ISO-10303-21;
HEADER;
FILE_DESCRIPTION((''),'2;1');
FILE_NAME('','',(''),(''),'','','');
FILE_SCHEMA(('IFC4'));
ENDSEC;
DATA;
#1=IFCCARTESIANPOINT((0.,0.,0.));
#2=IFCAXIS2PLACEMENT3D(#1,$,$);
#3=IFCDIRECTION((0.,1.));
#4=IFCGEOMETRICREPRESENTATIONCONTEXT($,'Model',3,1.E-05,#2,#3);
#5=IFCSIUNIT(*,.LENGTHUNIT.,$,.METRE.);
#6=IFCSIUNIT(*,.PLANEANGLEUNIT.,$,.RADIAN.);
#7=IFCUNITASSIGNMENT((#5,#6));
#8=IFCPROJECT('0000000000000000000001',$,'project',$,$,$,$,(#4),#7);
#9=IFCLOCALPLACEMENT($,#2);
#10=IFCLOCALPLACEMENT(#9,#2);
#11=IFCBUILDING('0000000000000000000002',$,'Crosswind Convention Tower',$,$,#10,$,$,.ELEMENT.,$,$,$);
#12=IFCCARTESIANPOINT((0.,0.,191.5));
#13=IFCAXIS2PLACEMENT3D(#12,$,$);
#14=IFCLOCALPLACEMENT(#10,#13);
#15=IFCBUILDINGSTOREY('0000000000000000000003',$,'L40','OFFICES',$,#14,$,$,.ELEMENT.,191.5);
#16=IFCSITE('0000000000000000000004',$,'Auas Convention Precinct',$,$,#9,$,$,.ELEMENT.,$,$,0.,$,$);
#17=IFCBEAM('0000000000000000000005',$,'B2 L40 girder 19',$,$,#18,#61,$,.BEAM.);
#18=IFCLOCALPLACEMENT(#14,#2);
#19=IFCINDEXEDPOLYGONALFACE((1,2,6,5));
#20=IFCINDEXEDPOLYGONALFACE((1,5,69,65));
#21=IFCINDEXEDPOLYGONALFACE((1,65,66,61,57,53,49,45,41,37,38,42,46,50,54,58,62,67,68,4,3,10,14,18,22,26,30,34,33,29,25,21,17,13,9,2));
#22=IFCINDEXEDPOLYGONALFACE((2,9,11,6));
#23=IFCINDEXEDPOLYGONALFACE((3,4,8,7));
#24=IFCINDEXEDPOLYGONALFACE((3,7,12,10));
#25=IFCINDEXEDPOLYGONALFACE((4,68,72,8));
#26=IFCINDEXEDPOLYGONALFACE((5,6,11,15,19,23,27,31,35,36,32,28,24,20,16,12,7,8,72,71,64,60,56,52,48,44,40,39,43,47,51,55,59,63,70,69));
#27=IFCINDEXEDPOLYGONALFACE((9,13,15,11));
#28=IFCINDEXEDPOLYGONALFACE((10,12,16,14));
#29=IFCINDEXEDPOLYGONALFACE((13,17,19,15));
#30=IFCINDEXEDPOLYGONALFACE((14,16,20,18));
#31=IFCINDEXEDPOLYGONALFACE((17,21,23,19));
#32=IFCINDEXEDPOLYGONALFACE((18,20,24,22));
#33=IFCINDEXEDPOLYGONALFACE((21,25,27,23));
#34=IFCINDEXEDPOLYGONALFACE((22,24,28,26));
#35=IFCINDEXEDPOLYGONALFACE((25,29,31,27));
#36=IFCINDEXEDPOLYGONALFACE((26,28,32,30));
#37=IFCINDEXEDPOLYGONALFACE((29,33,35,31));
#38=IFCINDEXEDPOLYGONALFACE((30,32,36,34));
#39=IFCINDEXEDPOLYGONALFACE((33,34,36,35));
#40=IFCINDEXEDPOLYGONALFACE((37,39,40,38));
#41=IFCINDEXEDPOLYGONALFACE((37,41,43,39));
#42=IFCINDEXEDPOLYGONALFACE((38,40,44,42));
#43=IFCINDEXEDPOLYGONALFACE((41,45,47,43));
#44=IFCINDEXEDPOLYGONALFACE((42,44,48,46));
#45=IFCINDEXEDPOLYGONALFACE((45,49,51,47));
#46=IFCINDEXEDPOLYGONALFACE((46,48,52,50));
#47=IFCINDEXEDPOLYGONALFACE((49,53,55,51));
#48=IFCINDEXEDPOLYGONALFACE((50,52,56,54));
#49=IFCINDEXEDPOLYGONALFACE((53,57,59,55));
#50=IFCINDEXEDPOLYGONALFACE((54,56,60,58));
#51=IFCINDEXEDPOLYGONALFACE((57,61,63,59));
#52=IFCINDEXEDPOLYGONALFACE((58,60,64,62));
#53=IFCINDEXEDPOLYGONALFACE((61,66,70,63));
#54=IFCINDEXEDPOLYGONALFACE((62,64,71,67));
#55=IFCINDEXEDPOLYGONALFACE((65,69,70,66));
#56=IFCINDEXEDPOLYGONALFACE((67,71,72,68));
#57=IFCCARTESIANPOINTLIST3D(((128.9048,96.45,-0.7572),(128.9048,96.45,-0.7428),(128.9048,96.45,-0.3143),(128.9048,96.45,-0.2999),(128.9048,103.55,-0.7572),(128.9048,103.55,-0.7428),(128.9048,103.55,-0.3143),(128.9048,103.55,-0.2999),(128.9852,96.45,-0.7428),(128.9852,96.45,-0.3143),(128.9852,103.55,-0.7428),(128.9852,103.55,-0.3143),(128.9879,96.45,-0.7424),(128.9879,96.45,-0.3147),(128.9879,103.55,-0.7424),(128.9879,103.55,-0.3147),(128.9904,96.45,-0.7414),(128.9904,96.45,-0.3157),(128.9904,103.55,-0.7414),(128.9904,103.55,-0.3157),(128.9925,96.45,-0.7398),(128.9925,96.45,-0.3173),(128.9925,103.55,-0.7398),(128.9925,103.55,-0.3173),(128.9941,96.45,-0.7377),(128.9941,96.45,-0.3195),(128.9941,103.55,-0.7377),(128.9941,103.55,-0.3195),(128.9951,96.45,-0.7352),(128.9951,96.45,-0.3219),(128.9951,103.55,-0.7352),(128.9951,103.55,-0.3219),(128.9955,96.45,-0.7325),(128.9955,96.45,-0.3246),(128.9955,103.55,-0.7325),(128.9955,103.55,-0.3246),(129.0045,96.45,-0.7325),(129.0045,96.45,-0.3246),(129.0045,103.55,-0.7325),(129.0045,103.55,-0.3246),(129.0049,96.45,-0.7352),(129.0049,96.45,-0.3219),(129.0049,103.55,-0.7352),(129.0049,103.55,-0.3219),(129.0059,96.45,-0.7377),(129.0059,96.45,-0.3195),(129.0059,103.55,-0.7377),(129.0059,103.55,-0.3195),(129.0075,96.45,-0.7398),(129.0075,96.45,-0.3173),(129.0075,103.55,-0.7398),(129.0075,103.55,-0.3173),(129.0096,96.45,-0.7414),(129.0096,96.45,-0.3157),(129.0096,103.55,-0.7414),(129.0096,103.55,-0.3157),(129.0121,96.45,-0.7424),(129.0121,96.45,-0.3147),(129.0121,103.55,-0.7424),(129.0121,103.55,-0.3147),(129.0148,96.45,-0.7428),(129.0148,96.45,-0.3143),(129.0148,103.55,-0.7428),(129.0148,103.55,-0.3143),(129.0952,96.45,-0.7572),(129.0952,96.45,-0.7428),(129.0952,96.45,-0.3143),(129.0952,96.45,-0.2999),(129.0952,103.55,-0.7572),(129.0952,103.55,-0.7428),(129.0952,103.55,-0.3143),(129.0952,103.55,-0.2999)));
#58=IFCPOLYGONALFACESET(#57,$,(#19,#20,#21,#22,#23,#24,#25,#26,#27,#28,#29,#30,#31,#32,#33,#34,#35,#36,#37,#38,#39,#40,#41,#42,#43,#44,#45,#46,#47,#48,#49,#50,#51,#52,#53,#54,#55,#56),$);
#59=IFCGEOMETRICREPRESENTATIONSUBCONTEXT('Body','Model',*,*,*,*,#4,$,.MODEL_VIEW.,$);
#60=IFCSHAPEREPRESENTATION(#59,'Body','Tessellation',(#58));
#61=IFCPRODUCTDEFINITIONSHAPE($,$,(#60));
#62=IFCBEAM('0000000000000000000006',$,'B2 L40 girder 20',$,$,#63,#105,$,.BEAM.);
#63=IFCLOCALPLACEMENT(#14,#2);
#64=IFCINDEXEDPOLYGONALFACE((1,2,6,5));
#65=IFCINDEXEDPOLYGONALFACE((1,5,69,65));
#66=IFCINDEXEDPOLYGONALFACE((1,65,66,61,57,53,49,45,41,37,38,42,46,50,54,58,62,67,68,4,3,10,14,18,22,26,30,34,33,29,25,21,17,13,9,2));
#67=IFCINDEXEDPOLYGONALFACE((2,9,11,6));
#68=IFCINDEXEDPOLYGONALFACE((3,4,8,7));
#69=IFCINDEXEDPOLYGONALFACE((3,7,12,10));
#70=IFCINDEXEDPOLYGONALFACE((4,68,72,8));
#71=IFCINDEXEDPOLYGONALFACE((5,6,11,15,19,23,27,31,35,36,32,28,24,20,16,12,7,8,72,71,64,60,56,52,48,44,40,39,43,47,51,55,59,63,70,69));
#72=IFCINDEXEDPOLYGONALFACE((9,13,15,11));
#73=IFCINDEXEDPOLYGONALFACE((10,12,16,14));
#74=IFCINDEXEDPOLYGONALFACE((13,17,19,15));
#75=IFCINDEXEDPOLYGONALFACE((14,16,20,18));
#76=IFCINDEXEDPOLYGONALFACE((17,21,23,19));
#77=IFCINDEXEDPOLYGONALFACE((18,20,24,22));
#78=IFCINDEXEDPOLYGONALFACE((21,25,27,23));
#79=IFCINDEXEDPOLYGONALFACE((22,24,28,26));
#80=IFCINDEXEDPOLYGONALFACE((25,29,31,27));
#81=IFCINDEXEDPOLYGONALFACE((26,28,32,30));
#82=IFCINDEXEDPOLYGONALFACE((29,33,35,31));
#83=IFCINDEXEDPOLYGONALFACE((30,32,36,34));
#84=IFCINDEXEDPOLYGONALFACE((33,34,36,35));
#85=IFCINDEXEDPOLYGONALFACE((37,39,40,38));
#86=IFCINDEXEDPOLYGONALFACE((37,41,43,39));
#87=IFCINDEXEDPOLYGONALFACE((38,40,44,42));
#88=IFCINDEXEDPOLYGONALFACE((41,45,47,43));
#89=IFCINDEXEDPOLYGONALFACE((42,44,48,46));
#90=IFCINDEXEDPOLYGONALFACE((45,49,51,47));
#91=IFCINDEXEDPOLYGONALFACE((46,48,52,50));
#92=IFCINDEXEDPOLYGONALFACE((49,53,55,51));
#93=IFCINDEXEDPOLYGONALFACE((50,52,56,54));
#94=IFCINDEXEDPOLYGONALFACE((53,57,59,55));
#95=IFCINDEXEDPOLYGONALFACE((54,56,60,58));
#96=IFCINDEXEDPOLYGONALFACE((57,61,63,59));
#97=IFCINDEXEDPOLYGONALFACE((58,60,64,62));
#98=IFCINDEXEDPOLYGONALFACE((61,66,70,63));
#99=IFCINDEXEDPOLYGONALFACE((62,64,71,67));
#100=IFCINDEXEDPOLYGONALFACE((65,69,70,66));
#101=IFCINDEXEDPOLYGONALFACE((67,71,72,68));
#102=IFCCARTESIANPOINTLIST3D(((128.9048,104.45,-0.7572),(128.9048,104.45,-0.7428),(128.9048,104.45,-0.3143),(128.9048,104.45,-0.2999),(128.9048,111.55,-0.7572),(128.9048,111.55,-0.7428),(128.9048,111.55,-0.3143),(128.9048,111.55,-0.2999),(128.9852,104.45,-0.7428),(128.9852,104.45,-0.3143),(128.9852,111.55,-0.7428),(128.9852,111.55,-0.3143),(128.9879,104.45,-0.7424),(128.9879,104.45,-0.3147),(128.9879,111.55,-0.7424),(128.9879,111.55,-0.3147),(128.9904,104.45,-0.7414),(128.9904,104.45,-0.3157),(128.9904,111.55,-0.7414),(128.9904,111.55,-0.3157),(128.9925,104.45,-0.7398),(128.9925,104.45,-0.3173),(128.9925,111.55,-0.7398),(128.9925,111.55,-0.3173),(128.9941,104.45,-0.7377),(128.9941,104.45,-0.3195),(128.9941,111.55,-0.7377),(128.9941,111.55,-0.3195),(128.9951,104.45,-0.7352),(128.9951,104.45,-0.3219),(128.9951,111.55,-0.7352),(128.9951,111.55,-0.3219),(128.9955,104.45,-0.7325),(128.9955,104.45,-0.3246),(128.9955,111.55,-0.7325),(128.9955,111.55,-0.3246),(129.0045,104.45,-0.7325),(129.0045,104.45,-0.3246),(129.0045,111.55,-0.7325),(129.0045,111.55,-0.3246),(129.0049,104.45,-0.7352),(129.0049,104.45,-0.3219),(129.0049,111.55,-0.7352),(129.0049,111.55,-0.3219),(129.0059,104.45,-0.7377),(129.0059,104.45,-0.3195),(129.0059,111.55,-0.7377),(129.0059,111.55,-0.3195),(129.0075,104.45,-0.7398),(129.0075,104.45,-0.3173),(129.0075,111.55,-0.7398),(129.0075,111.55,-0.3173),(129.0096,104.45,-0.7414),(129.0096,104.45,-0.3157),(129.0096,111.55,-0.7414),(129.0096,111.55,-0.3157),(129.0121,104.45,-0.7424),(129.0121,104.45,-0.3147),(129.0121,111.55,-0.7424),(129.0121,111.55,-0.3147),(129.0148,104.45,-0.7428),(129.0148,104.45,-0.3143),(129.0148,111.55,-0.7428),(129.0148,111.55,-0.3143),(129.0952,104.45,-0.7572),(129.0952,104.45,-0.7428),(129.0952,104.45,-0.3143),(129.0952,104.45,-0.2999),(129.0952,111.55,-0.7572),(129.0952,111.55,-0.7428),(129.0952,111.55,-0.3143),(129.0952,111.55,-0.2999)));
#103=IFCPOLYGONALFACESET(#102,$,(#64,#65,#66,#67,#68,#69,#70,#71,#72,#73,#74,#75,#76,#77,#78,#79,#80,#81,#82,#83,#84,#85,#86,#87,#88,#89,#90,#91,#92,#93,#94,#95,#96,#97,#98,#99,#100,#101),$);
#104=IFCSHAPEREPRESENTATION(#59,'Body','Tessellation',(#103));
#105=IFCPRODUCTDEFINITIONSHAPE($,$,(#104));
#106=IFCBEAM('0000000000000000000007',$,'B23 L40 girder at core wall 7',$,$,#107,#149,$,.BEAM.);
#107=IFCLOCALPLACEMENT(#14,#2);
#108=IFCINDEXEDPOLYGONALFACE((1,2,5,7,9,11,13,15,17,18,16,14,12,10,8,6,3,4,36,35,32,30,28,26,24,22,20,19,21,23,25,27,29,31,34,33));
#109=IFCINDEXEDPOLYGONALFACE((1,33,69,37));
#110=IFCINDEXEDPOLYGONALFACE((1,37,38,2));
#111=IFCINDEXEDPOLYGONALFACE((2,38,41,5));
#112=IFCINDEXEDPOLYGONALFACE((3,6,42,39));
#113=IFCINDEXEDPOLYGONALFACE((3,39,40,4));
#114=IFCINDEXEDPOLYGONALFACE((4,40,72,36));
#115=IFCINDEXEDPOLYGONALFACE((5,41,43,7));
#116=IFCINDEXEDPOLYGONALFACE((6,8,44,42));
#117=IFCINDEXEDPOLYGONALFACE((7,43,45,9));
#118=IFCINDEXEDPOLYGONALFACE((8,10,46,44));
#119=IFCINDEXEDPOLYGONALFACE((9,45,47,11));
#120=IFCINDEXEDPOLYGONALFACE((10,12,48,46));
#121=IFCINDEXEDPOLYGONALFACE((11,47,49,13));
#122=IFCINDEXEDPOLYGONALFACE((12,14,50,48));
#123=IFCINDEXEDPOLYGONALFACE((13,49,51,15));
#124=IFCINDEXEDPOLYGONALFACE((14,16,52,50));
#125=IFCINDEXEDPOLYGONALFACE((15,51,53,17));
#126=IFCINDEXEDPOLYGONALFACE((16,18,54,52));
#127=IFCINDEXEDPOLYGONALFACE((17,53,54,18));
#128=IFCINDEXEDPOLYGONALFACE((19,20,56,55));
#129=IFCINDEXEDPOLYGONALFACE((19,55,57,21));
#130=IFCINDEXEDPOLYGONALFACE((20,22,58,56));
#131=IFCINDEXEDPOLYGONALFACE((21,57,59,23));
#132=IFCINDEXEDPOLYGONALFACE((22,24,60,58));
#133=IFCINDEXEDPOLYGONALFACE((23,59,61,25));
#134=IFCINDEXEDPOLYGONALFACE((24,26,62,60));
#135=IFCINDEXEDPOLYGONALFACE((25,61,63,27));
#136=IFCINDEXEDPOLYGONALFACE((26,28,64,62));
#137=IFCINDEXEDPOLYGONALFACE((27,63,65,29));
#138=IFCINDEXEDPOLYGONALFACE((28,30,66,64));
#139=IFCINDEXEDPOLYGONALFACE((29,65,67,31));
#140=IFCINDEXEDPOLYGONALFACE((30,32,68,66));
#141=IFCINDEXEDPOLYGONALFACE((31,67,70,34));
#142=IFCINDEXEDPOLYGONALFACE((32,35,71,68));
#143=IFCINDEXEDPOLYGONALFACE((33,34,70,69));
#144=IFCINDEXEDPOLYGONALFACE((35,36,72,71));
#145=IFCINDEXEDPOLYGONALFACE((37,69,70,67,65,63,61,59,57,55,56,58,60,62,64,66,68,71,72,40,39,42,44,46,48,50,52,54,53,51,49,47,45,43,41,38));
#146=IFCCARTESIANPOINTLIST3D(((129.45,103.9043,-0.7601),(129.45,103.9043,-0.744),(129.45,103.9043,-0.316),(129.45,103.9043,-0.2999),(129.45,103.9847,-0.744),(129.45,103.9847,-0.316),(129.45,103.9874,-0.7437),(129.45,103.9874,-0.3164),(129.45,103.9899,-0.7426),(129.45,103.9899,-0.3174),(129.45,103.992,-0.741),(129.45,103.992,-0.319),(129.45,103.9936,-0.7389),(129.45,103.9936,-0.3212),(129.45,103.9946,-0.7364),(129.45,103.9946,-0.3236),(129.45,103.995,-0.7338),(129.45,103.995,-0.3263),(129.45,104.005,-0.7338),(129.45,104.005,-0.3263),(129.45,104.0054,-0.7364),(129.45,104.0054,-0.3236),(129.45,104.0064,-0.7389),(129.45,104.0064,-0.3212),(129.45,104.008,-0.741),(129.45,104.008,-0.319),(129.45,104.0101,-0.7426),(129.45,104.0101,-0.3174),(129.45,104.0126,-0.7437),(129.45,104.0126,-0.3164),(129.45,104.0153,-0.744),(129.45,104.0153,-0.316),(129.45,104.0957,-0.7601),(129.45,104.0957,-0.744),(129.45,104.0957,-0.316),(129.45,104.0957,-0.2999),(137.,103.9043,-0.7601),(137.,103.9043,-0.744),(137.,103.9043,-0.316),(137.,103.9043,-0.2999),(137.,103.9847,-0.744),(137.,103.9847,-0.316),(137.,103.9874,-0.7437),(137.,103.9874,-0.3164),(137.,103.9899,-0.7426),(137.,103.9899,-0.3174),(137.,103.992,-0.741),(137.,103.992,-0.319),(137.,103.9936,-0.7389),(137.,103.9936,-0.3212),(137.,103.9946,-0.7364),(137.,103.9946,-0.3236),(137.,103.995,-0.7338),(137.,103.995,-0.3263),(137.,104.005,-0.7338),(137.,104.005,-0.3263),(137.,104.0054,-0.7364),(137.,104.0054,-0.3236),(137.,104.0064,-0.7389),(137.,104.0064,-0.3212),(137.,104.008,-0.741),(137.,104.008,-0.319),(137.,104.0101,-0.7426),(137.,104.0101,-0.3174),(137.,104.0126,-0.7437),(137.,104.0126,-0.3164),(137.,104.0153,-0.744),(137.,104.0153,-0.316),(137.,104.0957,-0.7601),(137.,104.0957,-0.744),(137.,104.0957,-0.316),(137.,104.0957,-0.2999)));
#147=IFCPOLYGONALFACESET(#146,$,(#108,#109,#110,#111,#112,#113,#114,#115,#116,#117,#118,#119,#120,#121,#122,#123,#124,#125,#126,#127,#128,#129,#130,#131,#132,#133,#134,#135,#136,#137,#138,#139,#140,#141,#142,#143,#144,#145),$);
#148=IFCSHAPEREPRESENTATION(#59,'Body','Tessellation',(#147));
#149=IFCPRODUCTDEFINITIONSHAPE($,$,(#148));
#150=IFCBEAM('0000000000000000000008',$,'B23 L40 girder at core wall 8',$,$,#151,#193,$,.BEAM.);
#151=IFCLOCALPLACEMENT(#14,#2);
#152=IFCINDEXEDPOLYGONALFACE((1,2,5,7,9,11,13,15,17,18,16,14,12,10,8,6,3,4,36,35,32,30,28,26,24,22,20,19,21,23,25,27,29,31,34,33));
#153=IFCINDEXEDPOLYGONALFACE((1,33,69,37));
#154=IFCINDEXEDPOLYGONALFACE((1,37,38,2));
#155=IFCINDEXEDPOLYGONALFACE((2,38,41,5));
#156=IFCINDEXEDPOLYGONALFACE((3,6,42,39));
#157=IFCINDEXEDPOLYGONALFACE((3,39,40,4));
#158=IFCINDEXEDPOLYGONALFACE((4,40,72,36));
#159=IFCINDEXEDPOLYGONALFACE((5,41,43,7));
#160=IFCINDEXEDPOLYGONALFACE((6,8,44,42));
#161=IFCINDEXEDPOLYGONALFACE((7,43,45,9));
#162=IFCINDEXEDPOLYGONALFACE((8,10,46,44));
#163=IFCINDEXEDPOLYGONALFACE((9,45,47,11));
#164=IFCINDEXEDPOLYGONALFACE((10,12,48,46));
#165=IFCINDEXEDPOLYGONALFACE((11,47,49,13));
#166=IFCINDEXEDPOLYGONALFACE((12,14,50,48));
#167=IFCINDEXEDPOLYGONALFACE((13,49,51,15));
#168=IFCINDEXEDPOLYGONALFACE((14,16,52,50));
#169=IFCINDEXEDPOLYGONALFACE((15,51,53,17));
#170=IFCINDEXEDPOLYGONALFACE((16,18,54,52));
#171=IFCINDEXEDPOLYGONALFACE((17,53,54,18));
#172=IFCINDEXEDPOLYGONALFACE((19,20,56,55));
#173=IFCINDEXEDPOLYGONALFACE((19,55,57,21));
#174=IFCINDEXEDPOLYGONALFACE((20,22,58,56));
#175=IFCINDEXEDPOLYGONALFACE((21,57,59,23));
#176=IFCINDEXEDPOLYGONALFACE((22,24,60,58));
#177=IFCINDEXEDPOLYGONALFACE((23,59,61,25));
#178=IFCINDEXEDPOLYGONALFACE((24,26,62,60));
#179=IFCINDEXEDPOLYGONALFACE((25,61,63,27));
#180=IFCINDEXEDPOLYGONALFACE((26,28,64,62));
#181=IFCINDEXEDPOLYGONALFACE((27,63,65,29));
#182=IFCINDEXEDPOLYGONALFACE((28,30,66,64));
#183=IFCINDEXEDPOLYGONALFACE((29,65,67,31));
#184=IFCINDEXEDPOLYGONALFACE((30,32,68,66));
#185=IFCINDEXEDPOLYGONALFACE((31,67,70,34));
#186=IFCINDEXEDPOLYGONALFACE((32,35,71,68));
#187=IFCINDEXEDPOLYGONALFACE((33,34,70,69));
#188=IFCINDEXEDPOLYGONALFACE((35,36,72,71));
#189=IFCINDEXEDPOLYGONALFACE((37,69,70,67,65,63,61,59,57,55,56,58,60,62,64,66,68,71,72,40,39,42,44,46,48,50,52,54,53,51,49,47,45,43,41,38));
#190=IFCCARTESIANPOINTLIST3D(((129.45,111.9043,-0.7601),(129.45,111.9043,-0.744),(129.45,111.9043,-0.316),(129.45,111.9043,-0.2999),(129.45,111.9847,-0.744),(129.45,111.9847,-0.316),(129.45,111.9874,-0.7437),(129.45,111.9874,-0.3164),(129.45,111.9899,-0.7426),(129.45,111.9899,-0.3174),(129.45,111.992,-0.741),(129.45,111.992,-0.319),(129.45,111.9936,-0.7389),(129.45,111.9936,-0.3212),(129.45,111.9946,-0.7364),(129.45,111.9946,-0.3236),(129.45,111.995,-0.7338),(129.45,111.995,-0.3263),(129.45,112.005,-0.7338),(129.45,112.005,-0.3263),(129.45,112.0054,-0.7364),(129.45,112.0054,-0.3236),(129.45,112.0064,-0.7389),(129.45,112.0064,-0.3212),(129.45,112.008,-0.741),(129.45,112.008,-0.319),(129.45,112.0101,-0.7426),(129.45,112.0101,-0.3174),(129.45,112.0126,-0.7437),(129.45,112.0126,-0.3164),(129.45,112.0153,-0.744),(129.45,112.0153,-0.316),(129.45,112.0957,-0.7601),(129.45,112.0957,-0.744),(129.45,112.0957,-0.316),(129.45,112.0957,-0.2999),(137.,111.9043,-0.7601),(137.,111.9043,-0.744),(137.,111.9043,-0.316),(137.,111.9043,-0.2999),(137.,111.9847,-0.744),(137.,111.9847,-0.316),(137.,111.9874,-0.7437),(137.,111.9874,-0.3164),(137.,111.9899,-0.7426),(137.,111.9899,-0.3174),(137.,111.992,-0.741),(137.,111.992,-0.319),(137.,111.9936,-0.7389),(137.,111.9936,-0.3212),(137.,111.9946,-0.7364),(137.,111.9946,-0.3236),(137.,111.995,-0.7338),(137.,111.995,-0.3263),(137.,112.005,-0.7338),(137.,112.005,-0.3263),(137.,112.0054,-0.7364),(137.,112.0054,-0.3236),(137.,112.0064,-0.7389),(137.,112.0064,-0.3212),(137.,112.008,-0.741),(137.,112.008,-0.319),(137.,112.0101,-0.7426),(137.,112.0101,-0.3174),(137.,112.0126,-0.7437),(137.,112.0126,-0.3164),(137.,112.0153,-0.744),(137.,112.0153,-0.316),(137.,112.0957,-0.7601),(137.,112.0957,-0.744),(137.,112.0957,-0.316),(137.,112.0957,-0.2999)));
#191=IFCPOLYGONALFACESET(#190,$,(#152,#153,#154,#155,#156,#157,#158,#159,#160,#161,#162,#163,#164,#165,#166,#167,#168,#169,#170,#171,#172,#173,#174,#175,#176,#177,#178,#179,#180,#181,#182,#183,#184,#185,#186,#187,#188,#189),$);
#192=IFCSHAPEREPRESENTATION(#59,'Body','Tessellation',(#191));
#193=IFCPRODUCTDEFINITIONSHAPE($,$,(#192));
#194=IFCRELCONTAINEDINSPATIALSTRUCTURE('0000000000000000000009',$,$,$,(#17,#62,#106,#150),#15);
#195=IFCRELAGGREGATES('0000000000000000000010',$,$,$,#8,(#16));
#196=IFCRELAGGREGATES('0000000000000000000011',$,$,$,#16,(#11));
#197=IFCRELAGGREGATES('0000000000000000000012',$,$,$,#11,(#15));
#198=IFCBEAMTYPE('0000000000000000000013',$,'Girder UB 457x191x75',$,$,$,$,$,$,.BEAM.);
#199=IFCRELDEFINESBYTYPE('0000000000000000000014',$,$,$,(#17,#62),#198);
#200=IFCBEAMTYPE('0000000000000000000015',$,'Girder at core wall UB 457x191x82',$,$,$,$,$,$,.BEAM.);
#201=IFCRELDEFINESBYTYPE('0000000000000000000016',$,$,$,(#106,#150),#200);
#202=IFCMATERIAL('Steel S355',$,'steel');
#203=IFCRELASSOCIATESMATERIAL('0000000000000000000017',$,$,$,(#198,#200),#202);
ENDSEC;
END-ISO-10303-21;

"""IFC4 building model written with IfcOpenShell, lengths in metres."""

from ifc_helpers import new_model, si_unit, direction, frame, origin, origin_2d, place, context, subcontext, project, spatial, i_section, extrude, material, material_profile, profile_set, type_object, element, save


model = new_model("IFC4")

# Units and contexts
model_context = context("Model", 3, precision=1e-05, world=origin(), true_north=direction((0.0, 1.0)))
body_context = subcontext(model_context, "Body", "Model", "MODEL_VIEW")
ifc_project = project(units=[si_unit("LENGTHUNIT", "METRE"), si_unit("PLANEANGLEUNIT", "RADIAN")], contexts=[model_context])

# Site, building, storey
site_placement = place(None, origin())
site = spatial("IfcSite", under=ifc_project, at=site_placement, Name="Auas Convention Precinct", CompositionType="ELEMENT", RefElevation=0.0)
building_placement = place(site_placement, origin())
building = spatial("IfcBuilding", under=site, at=building_placement, Name="Crosswind Convention Tower", CompositionType="ELEMENT")
storey_placement = place(building_placement, frame((0.0, 0.0, 191.5)))
storey = spatial("IfcBuildingStorey", under=building, at=storey_placement, Name="L40", Description="OFFICES", CompositionType="ELEMENT", Elevation=191.5)

# Beams
ifc_material_1 = material(Name="Steel S355", Category="steel")
ifc_material_profile_1 = material_profile(ifc_material_1, i_section(OverallWidth=0.1904, OverallDepth=0.4573, WebThickness=0.009, FlangeThickness=0.0144, FilletRadius=0.0103, at=origin_2d()), Name="UB 457x191x75")
ifc_profile_set_1 = profile_set([ifc_material_profile_1], Name="Steel S355")
beam_type_1 = type_object("IfcBeamType", Name="Girder UB 457x191x75", PredefinedType="BEAM", material=ifc_profile_set_1)
for number, where, z_axis, x_axis, name in (
    (1, (129.0, 96.45, -0.5286), (0.0, 1.0, 0.0), (-1.0, 0.0, 0.0), "B2 L40 girder 19"),
    (2, (129.0, 104.45, -0.5286), (0.0, 1.0, 0.0), (-1.0, 0.0, 0.0), "B2 L40 girder 20"),
):
    element("IfcBeam", number, at=place(storey_placement, frame(where, z_axis=z_axis, x_axis=x_axis)), inside=storey, type_object=beam_type_1, Name=name, PredefinedType="BEAM", context=body_context, shape_type="SweptSolid", body=[
        extrude(i_section(OverallWidth=0.1904, OverallDepth=0.4573, WebThickness=0.009, FlangeThickness=0.0144, FilletRadius=0.0103, at=origin_2d()), origin(), (0.0, 0.0, 1.0), 7.1001),
    ])
ifc_material_profile_2 = material_profile(ifc_material_1, i_section(OverallWidth=0.1914, OverallDepth=0.4602, WebThickness=0.01, FlangeThickness=0.0161, FilletRadius=0.0103, at=origin_2d()), Name="UB 457x191x82")
ifc_profile_set_2 = profile_set([ifc_material_profile_2], Name="Steel S355")
beam_type_2 = type_object("IfcBeamType", Name="Girder at core wall UB 457x191x82", PredefinedType="BEAM", material=ifc_profile_set_2)
for number, where, z_axis, x_axis, name in (
    (3, (129.45, 104.0, -0.53), (1.0, 0.0, 0.0), (0.0, 1.0, 0.0), "B23 L40 girder at core wall 7"),
    (4, (129.45, 112.0, -0.53), (1.0, 0.0, 0.0), (0.0, 1.0, 0.0), "B23 L40 girder at core wall 8"),
):
    element("IfcBeam", number, at=place(storey_placement, frame(where, z_axis=z_axis, x_axis=x_axis)), inside=storey, type_object=beam_type_2, Name=name, PredefinedType="BEAM", context=body_context, shape_type="SweptSolid", body=[
        extrude(i_section(OverallWidth=0.1914, OverallDepth=0.4602, WebThickness=0.01, FlangeThickness=0.0161, FilletRadius=0.0103, at=origin_2d()), origin(), (0.0, 0.0, 1.0), 7.55),
    ])

save(model, "model.ifc")
